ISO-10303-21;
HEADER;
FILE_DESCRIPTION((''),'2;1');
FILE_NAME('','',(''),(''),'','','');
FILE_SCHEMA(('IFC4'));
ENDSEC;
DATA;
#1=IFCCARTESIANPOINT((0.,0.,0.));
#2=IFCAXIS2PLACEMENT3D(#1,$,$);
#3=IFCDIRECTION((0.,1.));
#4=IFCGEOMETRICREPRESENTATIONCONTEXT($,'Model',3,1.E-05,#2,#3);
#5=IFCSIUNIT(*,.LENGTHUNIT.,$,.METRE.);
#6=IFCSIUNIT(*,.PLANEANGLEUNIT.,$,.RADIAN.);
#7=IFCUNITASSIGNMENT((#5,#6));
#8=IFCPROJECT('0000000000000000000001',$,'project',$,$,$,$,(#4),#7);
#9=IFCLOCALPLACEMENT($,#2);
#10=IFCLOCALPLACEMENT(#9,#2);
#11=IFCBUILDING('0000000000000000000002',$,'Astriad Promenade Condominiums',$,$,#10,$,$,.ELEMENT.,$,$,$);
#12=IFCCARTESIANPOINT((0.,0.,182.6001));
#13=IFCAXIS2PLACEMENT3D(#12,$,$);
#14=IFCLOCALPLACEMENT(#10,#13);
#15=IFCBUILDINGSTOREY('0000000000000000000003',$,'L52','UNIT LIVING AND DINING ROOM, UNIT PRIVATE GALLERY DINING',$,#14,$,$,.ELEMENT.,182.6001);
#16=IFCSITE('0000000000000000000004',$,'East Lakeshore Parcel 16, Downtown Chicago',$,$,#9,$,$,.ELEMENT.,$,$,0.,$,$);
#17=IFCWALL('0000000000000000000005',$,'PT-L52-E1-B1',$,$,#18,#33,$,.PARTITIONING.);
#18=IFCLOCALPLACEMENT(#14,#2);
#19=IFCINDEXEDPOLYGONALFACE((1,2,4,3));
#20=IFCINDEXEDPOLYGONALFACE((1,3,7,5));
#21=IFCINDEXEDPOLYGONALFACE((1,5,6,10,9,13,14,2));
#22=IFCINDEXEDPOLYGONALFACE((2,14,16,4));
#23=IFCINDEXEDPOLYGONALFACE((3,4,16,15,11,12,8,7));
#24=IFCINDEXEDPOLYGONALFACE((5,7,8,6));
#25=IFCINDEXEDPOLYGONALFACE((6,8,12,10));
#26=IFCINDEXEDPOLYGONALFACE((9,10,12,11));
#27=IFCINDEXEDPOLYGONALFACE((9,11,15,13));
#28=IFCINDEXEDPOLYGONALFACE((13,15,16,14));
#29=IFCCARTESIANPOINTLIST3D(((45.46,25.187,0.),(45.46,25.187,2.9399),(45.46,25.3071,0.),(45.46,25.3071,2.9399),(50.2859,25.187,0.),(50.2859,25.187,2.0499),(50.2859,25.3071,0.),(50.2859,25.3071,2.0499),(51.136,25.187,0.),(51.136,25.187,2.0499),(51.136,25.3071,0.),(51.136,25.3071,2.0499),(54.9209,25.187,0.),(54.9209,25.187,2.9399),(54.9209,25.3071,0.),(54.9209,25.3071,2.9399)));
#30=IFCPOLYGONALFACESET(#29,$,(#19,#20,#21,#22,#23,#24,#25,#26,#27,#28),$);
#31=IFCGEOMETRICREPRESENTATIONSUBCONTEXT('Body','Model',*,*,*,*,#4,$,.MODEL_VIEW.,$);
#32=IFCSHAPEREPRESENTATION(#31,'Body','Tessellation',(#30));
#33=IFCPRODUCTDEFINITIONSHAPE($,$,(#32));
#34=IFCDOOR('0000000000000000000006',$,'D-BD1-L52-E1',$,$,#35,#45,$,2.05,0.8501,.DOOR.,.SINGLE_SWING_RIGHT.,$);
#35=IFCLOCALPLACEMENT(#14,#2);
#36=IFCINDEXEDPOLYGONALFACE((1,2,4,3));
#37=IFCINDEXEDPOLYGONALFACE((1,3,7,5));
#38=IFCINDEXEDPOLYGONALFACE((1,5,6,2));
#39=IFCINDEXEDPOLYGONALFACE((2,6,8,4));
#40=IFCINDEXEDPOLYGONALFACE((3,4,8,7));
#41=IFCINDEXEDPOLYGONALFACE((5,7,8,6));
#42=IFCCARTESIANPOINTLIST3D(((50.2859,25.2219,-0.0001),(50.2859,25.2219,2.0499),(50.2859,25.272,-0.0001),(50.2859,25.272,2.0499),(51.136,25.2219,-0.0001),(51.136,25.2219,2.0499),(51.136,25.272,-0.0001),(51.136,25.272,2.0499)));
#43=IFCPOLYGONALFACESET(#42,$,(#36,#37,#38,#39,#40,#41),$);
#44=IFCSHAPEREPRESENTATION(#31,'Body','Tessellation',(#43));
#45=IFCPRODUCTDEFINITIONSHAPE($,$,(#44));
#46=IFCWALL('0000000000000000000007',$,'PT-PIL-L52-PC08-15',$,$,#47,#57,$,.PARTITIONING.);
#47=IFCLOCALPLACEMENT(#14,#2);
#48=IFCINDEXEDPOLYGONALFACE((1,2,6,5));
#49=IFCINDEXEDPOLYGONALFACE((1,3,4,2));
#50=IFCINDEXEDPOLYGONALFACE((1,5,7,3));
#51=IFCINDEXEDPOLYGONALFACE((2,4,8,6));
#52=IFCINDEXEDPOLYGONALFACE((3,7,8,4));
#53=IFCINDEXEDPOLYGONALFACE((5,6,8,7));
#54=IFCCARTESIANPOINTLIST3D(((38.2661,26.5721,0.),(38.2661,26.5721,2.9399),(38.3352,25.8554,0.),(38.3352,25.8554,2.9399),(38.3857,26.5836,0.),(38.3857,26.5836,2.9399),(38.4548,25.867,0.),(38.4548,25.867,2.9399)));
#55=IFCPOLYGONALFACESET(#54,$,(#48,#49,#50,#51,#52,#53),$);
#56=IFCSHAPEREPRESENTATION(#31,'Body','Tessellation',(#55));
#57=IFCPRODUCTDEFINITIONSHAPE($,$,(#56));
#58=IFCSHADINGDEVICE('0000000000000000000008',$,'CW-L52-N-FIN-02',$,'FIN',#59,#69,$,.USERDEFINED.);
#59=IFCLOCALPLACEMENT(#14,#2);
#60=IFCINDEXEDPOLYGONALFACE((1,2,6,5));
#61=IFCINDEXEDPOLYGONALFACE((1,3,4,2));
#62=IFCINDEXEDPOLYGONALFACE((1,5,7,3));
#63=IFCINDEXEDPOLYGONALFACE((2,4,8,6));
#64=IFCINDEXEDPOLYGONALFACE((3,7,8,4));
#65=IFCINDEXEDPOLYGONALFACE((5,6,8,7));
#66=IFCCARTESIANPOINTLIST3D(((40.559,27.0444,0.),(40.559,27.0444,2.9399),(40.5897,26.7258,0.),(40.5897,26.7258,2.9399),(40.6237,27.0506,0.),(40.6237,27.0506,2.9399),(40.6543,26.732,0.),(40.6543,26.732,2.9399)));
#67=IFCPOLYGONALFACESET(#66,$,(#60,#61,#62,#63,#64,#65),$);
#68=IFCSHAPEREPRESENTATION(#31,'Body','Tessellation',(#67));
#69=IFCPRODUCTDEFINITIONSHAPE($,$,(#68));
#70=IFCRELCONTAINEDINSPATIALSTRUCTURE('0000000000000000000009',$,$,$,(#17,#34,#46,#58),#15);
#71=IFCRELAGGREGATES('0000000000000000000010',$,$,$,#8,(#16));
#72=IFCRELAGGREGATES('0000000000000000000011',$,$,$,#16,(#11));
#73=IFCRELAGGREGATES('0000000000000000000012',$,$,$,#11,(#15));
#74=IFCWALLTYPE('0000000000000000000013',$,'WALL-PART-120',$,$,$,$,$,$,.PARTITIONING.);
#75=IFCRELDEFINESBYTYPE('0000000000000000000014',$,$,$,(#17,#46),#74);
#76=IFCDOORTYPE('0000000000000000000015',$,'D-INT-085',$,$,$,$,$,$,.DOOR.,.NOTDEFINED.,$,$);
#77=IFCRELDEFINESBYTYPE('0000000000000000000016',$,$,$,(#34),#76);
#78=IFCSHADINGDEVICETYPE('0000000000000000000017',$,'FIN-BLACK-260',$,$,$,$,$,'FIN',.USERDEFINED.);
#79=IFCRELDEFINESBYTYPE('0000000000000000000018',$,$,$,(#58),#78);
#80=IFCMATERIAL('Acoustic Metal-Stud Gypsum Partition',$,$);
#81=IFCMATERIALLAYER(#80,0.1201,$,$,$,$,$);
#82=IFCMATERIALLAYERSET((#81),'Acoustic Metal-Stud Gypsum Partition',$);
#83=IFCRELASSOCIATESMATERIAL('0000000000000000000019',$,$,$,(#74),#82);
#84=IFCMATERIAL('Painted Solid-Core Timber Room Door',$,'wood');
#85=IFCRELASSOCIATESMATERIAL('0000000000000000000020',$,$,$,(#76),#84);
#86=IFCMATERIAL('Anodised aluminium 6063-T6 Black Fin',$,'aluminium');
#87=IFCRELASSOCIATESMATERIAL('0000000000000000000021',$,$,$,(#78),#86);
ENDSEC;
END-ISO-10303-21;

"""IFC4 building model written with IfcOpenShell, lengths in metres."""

from ifc_helpers import new_model, si_unit, direction, frame, frame_2d, origin, origin_2d, place, context, subcontext, project, spatial, rectangle, extrude, source, transform, mapped, material, layer, layer_set, type_object, type_shapes, element, fill, save


model = new_model("IFC4")

# Units and contexts
model_context = context("Model", 3, precision=1e-05, world=origin(), true_north=direction((0.0, 1.0)))
body_context = subcontext(model_context, "Body", "Model", "MODEL_VIEW")
ifc_project = project(units=[si_unit("LENGTHUNIT", "METRE"), si_unit("PLANEANGLEUNIT", "RADIAN")], contexts=[model_context])

# Site, building, storey
site_placement = place(None, origin())
site = spatial("IfcSite", under=ifc_project, at=site_placement, Name="East Lakeshore Parcel 16, Downtown Chicago", CompositionType="ELEMENT", RefElevation=0.0)
building_placement = place(site_placement, origin())
building = spatial("IfcBuilding", under=site, at=building_placement, Name="Astriad Promenade Condominiums", CompositionType="ELEMENT")
storey_placement = place(building_placement, frame((0.0, 0.0, 182.6001)))
storey = spatial("IfcBuildingStorey", under=building, at=storey_placement, Name="L52", Description="UNIT LIVING AND DINING ROOM, UNIT PRIVATE GALLERY DINING", CompositionType="ELEMENT", Elevation=182.6001)

# Wall, opening, door
ifc_material_1 = material(Name="Acoustic Metal-Stud Gypsum Partition")
ifc_layer_1 = layer(ifc_material_1, 0.1201)
ifc_layer_set_1 = layer_set([ifc_layer_1], Name="Acoustic Metal-Stud Gypsum Partition")
wall_type_1 = type_object("IfcWallType", Name="WALL-PART-120", PredefinedType="PARTITIONING", material=ifc_layer_set_1)
wall_1_placement = place(storey_placement, frame((45.46, 25.2471, 0.0), z_axis=(0.0, 0.0, 1.0), x_axis=(1.0, 0.0, 0.0)))
wall_1 = element("IfcWall", 1, at=wall_1_placement, inside=storey, type_object=wall_type_1, Name="PT-L52-E1-B1", PredefinedType="PARTITIONING", context=body_context, shape_type="SweptSolid", body=[
    extrude(rectangle(XDim=9.4609, YDim=0.1201, at=frame_2d((4.7305, 0.0))), origin(), (0.0, 0.0, 1.0), 2.9399),
])
opening_1_placement = place(wall_1_placement, frame((4.8259, 0.0, 0.0)))
opening_1 = element("IfcOpeningElement", 2, at=opening_1_placement, cuts=wall_1, PredefinedType="OPENING", context=body_context, shape_type="SweptSolid", body=[
    extrude(rectangle(XDim=0.8501, YDim=2.05, at=frame_2d((0.425, 1.0249))), frame((0.0, 0.0701, 0.0), z_axis=(0.0, -1.0, 0.0), x_axis=(1.0, 0.0, 0.0)), (0.0, 0.0, 1.0), 0.1401),
])
ifc_material_2 = material(Name="Painted Solid-Core Timber Room Door", Category="wood")
door_type_1 = type_object("IfcDoorType", Name="D-INT-085", OperationType="NOTDEFINED", PredefinedType="DOOR", material=ifc_material_2)
shared_shape_1 = source(origin(), body_context, "Body", "SweptSolid", [
    extrude(rectangle(XDim=0.8501, YDim=2.05, at=frame_2d((0.425, 1.0249))), frame((0.0, 0.0249, 0.0), z_axis=(0.0, -1.0, 0.0), x_axis=(1.0, 0.0, 0.0)), (0.0, 0.0, 1.0), 0.05),
])
type_shapes(door_type_1, [shared_shape_1])
door_1_placement = place(opening_1_placement, origin())
door_1 = element("IfcDoor", 3, at=door_1_placement, inside=storey, type_object=door_type_1, Name="D-BD1-L52-E1", OperationType="SINGLE_SWING_RIGHT", OverallHeight=2.05, OverallWidth=0.8501, PredefinedType="DOOR", context=body_context, shape_type="MappedRepresentation", body=[
    mapped(shared_shape_1, transform((0.0, 0.0, 0.0), scale=1.0)),
])
fill(opening_1, door_1)

# Wall
wall_2_placement = place(storey_placement, frame((38.395, 25.8613, 0.0), z_axis=(0.0, 0.0, 1.0), x_axis=(-0.095977, 0.995384, 0.0)))
element("IfcWall", 4, at=wall_2_placement, inside=storey, type_object=wall_type_1, Name="PT-PIL-L52-PC08-15", PredefinedType="PARTITIONING", context=body_context, shape_type="SweptSolid", body=[
    extrude(rectangle(XDim=0.72, YDim=0.1201, at=frame_2d((0.3599, 0.0))), origin(), (0.0, 0.0, 1.0), 2.9399),
])

# Shading device
ifc_material_3 = material(Name="Anodised aluminium 6063-T6 Black Fin", Category="aluminium")
shading_device_type = type_object("IfcShadingDeviceType", Name="FIN-BLACK-260", ElementType="FIN", PredefinedType="USERDEFINED", material=ifc_material_3)
shared_shape_2 = source(origin(), body_context, "Body", "SweptSolid", [
    extrude(rectangle(XDim=0.0649, YDim=0.3201, at=origin_2d()), origin(), (0.0, 0.0, 1.0), 2.9399),
])
type_shapes(shading_device_type, [shared_shape_2])
shading_device_placement = place(storey_placement, frame((40.6067, 26.8882, 0.0), z_axis=(0.0, 0.0, 1.0), x_axis=(0.995396, 0.095846, 0.0)))
element("IfcShadingDevice", 5, at=shading_device_placement, inside=storey, type_object=shading_device_type, Name="CW-L52-N-FIN-02", ObjectType="FIN", PredefinedType="USERDEFINED", context=body_context, shape_type="MappedRepresentation", body=[
    mapped(shared_shape_2, transform((0.0, 0.0, 0.0), scale=1.0)),
])

save(model, "model.ifc")
